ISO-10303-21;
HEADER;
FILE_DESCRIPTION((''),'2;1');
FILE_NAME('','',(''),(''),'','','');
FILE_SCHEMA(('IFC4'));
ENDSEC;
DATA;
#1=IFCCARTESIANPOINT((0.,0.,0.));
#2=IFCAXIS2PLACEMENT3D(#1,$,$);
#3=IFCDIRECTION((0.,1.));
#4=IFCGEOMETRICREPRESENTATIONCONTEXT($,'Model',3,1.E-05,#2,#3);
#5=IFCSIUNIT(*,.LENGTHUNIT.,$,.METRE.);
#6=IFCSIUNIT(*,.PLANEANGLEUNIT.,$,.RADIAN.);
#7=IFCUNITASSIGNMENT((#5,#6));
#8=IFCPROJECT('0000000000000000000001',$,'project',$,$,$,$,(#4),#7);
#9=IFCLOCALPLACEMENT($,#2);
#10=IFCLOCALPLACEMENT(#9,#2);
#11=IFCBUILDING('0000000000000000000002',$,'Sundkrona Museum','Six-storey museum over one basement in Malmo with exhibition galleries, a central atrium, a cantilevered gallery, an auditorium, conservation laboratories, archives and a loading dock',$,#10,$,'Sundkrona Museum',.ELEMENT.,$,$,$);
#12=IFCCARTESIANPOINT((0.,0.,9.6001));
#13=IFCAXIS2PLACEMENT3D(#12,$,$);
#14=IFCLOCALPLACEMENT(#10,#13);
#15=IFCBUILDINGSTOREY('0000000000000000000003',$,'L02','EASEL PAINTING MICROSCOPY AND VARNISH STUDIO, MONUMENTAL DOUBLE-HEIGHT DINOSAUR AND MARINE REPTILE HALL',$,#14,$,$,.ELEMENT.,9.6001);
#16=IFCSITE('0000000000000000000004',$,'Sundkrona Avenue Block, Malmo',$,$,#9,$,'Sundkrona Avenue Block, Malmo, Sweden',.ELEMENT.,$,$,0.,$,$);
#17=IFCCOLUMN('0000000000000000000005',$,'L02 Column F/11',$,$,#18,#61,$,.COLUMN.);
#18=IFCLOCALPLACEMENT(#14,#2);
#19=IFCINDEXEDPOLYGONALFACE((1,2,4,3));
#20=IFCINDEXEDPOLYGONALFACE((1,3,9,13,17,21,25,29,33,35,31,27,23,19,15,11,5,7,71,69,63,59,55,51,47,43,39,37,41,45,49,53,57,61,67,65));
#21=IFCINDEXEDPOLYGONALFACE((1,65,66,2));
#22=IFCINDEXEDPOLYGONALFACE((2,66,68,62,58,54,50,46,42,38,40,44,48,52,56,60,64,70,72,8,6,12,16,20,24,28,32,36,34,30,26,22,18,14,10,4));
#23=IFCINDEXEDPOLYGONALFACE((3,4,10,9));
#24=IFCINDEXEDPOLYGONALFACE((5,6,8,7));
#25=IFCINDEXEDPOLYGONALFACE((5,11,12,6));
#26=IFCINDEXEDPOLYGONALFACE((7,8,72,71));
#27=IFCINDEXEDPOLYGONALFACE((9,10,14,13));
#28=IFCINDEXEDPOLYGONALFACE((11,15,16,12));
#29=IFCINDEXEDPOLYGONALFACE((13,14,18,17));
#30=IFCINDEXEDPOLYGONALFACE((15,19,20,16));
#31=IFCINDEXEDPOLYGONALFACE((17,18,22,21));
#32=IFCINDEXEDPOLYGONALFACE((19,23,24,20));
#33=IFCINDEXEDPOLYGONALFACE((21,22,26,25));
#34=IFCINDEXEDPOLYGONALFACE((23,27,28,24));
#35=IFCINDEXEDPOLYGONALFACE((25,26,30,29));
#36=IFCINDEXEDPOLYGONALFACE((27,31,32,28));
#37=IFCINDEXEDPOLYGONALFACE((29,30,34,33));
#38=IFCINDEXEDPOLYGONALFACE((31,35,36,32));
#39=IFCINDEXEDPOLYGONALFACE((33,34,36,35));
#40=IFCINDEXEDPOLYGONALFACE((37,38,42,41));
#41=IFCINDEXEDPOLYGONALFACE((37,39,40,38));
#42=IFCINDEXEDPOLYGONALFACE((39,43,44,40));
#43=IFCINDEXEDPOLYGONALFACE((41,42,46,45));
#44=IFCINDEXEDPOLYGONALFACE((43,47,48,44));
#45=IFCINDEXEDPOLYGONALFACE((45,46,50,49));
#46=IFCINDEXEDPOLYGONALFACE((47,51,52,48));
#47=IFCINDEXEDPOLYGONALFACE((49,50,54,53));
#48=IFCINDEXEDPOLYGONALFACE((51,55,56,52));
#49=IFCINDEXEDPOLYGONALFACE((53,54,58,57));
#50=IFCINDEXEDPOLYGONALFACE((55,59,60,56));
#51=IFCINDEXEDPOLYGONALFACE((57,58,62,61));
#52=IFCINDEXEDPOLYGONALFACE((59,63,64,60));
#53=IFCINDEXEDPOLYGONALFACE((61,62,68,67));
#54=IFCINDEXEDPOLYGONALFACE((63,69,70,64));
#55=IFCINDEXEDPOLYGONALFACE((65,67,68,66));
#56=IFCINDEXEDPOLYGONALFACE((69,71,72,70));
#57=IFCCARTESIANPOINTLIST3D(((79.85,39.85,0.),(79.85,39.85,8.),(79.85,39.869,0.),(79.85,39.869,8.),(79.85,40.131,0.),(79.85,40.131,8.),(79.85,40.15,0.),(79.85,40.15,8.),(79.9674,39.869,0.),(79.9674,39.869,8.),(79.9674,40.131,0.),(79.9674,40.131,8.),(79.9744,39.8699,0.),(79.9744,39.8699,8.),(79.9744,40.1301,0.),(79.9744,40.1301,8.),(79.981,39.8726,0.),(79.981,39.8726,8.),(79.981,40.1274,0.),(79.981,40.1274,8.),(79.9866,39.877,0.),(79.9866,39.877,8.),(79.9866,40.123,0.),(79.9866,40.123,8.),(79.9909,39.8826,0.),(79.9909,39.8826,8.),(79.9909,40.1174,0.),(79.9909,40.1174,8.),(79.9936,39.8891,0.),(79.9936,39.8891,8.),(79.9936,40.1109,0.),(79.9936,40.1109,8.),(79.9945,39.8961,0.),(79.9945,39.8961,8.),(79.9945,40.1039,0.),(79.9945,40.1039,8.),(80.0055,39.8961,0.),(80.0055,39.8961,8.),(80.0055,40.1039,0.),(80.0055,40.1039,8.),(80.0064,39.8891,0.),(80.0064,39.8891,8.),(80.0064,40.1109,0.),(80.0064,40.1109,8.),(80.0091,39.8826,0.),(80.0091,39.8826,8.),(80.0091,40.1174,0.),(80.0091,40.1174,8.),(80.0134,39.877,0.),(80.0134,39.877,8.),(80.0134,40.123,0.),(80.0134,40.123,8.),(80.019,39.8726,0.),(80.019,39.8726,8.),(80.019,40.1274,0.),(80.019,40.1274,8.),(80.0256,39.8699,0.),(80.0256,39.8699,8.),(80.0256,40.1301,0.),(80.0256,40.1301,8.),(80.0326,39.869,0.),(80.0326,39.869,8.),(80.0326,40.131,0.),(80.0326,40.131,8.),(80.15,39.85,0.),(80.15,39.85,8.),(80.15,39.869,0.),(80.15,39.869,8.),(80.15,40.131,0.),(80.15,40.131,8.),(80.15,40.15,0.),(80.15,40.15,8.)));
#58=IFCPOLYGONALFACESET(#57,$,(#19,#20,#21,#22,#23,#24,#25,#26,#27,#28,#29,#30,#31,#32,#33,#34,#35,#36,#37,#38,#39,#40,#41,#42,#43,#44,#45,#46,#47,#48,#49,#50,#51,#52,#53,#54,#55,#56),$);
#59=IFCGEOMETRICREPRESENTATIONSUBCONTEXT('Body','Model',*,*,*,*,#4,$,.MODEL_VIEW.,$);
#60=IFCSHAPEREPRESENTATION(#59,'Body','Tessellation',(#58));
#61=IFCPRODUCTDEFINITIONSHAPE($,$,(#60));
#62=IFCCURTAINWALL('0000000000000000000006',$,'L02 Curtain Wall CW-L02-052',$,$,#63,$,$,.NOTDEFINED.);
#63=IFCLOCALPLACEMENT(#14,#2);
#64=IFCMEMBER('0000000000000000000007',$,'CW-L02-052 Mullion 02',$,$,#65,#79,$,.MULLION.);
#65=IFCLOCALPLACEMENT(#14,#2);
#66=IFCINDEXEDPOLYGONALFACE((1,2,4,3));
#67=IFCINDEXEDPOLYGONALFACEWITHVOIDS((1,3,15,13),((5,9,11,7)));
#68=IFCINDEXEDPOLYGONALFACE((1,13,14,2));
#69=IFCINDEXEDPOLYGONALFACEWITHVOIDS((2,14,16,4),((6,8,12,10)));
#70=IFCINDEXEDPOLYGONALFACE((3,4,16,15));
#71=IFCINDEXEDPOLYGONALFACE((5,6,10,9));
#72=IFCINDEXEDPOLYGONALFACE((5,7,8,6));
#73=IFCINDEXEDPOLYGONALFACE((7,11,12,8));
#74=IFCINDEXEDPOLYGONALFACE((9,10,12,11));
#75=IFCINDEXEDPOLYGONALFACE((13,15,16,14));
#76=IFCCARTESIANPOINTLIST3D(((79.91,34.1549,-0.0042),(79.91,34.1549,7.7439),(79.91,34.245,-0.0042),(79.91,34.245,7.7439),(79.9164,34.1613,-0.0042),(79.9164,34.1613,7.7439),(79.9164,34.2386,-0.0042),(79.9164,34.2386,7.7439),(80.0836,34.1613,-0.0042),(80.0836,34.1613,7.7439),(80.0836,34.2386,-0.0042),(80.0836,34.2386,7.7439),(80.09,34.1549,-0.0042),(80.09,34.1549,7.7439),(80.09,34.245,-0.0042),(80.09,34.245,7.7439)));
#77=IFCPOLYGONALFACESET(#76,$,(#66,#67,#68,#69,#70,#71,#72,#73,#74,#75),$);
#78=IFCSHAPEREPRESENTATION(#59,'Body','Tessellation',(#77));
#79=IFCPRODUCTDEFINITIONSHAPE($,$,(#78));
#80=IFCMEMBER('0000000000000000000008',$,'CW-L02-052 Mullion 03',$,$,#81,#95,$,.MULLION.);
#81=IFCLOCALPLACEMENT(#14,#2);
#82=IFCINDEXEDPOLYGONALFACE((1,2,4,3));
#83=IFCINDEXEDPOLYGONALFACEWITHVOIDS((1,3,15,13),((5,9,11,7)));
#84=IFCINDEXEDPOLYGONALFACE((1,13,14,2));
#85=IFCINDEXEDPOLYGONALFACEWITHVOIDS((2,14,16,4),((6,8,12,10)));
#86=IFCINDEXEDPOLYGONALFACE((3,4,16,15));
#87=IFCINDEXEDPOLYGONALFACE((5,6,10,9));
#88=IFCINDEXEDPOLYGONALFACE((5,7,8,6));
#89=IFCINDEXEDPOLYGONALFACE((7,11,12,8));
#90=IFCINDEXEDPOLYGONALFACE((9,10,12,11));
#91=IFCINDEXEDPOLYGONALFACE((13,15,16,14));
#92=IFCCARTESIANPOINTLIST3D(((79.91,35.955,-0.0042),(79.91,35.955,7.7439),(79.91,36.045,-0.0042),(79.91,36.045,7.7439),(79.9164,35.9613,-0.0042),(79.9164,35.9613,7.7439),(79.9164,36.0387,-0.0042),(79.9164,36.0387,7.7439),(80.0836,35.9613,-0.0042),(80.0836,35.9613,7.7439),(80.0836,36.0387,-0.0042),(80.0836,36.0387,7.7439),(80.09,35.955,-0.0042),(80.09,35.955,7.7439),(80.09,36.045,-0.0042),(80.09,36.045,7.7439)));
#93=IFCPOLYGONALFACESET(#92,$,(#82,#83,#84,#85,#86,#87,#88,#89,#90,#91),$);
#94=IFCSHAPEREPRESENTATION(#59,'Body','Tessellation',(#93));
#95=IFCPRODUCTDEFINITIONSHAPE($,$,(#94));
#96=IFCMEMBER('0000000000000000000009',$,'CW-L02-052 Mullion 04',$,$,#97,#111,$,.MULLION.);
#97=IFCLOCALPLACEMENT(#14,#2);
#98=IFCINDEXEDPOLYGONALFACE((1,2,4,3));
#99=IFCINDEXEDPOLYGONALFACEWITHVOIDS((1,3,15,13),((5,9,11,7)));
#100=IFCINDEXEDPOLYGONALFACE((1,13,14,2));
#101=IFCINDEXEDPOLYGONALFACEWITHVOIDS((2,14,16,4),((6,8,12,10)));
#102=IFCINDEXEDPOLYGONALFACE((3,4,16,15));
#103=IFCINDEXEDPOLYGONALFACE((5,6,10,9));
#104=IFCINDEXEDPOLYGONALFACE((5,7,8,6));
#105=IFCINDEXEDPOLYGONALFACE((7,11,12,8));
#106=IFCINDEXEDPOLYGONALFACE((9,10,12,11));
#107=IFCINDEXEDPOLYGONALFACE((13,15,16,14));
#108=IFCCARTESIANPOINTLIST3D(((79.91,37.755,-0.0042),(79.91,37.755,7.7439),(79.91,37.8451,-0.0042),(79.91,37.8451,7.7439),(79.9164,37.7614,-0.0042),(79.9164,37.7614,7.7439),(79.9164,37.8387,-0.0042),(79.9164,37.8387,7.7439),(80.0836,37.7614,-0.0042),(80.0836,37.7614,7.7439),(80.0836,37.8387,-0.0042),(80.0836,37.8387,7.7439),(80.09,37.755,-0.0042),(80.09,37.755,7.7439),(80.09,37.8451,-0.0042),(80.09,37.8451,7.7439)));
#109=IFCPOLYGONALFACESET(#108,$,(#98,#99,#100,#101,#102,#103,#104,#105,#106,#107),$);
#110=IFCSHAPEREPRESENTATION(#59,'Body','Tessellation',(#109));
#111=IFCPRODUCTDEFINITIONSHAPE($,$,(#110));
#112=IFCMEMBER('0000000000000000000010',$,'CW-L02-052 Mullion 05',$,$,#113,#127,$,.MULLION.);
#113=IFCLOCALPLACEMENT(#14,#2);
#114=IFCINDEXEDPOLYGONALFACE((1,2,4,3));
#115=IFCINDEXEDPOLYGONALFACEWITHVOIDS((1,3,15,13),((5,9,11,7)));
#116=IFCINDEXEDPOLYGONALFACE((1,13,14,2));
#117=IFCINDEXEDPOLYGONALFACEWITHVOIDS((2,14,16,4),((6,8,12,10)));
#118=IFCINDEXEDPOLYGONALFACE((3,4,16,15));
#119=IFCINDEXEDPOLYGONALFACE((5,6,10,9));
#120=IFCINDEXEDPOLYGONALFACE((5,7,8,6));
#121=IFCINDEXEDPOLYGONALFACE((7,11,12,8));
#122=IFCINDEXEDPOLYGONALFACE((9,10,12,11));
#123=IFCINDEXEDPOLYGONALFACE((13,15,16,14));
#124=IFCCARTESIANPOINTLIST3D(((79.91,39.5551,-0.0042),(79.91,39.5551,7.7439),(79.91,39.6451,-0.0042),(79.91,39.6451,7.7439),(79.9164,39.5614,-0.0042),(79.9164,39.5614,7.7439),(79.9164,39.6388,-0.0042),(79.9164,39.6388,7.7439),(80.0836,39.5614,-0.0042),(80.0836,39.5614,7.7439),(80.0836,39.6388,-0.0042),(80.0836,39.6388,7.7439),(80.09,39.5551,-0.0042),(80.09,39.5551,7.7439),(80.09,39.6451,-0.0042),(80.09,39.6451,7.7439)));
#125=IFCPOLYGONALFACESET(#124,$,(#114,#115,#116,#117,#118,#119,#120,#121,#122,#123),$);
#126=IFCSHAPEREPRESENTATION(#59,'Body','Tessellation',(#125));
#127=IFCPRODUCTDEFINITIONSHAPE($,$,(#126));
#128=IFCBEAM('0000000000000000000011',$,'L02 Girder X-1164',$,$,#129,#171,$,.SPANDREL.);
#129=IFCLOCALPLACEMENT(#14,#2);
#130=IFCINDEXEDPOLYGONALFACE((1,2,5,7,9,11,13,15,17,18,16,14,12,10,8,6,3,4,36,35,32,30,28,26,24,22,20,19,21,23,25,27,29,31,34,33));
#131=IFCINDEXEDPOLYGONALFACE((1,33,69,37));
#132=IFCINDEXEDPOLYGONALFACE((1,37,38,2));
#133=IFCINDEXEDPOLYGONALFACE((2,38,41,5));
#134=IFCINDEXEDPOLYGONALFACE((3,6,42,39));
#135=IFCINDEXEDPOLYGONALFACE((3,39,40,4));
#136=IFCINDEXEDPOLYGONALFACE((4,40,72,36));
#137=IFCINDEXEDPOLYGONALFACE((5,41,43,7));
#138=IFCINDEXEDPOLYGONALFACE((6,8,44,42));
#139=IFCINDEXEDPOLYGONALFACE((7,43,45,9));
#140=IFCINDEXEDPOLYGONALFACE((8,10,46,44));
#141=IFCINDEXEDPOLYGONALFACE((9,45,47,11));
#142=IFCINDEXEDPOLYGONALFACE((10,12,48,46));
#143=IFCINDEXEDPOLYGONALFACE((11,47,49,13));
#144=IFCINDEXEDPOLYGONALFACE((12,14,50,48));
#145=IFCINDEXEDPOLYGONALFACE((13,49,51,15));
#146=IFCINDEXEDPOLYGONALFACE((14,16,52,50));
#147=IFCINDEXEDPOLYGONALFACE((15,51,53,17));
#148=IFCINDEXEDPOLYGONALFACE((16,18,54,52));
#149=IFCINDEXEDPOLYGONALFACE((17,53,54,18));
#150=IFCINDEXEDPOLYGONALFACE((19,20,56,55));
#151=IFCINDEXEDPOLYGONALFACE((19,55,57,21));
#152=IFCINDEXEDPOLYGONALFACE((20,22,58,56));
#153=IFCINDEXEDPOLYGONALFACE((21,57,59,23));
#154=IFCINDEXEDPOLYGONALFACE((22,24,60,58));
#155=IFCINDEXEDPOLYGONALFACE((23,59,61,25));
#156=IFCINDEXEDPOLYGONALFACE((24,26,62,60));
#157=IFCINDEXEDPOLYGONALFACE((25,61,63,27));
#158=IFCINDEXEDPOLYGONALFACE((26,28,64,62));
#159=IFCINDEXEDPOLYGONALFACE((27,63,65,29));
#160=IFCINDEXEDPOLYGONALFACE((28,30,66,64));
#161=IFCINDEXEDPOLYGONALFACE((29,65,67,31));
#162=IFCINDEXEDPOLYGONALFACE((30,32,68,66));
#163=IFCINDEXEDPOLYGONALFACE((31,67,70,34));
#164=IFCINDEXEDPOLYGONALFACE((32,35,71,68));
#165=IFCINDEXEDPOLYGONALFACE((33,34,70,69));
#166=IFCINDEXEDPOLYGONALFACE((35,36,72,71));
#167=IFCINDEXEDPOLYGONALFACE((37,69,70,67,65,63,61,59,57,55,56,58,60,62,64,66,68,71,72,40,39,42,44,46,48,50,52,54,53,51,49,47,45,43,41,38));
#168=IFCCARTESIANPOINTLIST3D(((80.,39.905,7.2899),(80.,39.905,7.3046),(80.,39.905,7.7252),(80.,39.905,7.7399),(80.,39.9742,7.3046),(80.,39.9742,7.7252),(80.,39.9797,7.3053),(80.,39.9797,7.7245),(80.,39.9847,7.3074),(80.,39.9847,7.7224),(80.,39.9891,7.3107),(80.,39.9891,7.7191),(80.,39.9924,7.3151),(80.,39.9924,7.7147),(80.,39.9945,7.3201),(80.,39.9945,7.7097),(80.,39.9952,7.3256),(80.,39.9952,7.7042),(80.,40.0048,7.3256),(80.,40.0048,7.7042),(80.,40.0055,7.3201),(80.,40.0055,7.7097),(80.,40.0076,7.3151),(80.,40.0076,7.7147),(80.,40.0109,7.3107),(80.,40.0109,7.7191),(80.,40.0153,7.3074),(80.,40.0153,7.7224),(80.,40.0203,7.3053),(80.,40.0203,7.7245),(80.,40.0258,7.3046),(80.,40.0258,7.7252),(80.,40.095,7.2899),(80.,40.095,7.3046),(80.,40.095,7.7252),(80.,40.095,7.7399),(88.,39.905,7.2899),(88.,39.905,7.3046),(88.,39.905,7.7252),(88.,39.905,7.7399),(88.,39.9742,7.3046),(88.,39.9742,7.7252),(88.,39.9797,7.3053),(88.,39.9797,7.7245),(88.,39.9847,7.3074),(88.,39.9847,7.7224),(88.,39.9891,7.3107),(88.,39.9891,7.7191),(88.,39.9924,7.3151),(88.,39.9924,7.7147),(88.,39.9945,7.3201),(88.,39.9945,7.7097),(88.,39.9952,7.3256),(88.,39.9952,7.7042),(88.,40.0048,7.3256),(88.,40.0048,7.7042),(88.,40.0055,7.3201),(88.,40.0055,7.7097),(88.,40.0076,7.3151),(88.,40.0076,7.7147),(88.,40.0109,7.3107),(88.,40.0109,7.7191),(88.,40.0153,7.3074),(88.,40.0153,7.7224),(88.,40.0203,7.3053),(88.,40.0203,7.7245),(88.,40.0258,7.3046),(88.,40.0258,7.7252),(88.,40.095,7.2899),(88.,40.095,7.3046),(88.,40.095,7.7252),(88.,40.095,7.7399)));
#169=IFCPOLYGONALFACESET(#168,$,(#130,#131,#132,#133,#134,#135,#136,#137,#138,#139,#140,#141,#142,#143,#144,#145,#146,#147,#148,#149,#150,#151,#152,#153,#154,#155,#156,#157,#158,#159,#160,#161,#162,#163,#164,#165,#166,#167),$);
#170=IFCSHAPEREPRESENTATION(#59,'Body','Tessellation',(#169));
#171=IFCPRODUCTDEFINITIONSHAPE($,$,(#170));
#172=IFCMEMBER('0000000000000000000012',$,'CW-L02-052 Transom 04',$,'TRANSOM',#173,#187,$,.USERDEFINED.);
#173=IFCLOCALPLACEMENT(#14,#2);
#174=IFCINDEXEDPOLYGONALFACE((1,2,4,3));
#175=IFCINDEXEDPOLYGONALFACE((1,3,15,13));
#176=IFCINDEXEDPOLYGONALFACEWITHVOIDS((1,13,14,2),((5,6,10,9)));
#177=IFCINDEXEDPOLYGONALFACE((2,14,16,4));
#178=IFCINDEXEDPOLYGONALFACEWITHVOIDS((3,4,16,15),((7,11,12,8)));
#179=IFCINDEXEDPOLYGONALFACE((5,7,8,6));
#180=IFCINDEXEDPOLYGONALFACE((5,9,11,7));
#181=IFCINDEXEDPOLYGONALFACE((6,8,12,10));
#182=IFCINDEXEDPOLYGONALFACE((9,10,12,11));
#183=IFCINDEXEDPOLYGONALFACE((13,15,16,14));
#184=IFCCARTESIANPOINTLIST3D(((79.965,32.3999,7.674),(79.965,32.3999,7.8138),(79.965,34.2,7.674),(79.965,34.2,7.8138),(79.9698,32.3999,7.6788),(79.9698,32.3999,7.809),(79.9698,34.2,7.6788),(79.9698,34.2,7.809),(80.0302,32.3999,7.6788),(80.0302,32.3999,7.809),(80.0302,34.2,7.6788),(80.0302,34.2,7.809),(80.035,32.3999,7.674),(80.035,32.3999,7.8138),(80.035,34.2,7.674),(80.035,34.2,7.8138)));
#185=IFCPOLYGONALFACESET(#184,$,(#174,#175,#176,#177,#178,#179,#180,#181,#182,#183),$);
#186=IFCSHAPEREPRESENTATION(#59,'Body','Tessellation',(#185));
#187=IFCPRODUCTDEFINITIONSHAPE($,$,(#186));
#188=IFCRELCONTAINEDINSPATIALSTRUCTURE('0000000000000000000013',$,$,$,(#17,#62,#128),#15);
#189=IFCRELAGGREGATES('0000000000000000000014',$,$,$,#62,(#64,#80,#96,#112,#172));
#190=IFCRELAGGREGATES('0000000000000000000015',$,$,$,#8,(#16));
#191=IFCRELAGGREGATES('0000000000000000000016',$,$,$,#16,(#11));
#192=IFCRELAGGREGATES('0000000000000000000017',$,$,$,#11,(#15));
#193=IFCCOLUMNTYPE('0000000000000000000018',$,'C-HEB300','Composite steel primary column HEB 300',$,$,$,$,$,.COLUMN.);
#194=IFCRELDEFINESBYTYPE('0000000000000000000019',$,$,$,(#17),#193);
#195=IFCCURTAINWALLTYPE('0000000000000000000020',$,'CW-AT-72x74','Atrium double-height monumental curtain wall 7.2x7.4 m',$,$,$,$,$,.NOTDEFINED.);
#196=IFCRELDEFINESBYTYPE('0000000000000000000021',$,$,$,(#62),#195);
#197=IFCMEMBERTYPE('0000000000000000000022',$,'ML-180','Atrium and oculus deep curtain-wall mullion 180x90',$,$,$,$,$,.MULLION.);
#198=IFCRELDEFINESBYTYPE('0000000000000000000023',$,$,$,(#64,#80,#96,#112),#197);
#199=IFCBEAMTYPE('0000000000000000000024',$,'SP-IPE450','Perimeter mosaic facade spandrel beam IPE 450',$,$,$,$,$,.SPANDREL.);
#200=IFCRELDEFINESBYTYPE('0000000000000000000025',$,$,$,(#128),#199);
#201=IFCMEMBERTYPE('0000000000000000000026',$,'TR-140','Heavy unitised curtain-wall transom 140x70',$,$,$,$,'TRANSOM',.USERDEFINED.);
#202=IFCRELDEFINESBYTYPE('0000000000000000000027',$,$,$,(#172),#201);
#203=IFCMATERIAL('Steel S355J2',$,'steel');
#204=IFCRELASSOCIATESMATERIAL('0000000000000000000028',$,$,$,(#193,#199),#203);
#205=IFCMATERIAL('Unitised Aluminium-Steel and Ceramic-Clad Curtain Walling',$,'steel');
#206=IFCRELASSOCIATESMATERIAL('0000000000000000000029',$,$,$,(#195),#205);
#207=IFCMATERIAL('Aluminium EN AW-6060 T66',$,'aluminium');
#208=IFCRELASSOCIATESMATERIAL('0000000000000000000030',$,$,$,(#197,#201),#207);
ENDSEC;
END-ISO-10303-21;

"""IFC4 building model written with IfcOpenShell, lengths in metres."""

from ifc_helpers import new_model, si_unit, direction, frame, origin, origin_2d, place, context, subcontext, project, spatial, hollow_rectangle, i_section, extrude, material, material_profile, profile_set, type_object, element, aggregate, save


model = new_model("IFC4")

# Units and contexts
model_context = context("Model", 3, precision=1e-05, world=origin(), true_north=direction((0.0, 1.0)))
body_context = subcontext(model_context, "Body", "Model", "MODEL_VIEW")
ifc_project = project(units=[si_unit("LENGTHUNIT", "METRE"), si_unit("PLANEANGLEUNIT", "RADIAN")], contexts=[model_context])

# Site, building, storey
site_placement = place(None, origin())
site = spatial("IfcSite", under=ifc_project, at=site_placement, Name="Sundkrona Avenue Block, Malmo", LongName="Sundkrona Avenue Block, Malmo, Sweden", CompositionType="ELEMENT", RefElevation=0.0)
building_placement = place(site_placement, origin())
building = spatial("IfcBuilding", under=site, at=building_placement, Name="Sundkrona Museum", Description="Six-storey museum over one basement in Malmo with exhibition galleries, a central atrium, a cantilevered gallery, an auditorium, conservation laboratories, archives and a loading dock", LongName="Sundkrona Museum", CompositionType="ELEMENT")
storey_placement = place(building_placement, frame((0.0, 0.0, 9.6001)))
storey = spatial("IfcBuildingStorey", under=building, at=storey_placement, Name="L02", Description="EASEL PAINTING MICROSCOPY AND VARNISH STUDIO, MONUMENTAL DOUBLE-HEIGHT DINOSAUR AND MARINE REPTILE HALL", CompositionType="ELEMENT", Elevation=9.6001)

# Column
ifc_material_1 = material(Name="Steel S355J2", Category="steel")
ifc_material_profile_1 = material_profile(ifc_material_1, i_section(OverallWidth=0.3, OverallDepth=0.3, WebThickness=0.011, FlangeThickness=0.019, FilletRadius=0.0271, at=origin_2d()), Name="HEB 300")
ifc_profile_set_1 = profile_set([ifc_material_profile_1], Name="Steel S355J2")
column_type = type_object("IfcColumnType", Name="C-HEB300", Description="Composite steel primary column HEB 300", PredefinedType="COLUMN", material=ifc_profile_set_1)
column_placement = place(storey_placement, frame((80.0, 40.0, 0.0), z_axis=(0.0, 0.0, 1.0), x_axis=(1.0, 0.0, 0.0)))
element("IfcColumn", 1, at=column_placement, inside=storey, type_object=column_type, Name="L02 Column F/11", PredefinedType="COLUMN", context=body_context, shape_type="SweptSolid", body=[
    extrude(i_section(OverallWidth=0.3, OverallDepth=0.3, WebThickness=0.011, FlangeThickness=0.019, FilletRadius=0.0271, at=origin_2d()), origin(), (0.0, 0.0, 1.0), 8.0),
])

# Curtain wall, members
ifc_material_2 = material(Name="Unitised Aluminium-Steel and Ceramic-Clad Curtain Walling", Category="steel")
curtain_wall_type = type_object("IfcCurtainWallType", Name="CW-AT-72x74", Description="Atrium double-height monumental curtain wall 7.2x7.4 m", PredefinedType="NOTDEFINED", material=ifc_material_2)
curtain_wall_placement = place(storey_placement, origin())
curtain_wall = element("IfcCurtainWall", 2, at=curtain_wall_placement, inside=storey, type_object=curtain_wall_type, Name="L02 Curtain Wall CW-L02-052", PredefinedType="NOTDEFINED")
ifc_material_3 = material(Name="Aluminium EN AW-6060 T66", Category="aluminium")
ifc_material_profile_2 = material_profile(ifc_material_3, hollow_rectangle(XDim=0.0901, YDim=0.1799, WallThickness=0.0063, at=origin_2d()), Name="RHS 180x90x6.3")
ifc_profile_set_2 = profile_set([ifc_material_profile_2], Name="Aluminium EN AW-6060 T66")
member_type_1 = type_object("IfcMemberType", Name="ML-180", Description="Atrium and oculus deep curtain-wall mullion 180x90", PredefinedType="MULLION", material=ifc_profile_set_2)
member_1_placement = place(storey_placement, frame((80.0, 34.2, -0.0042), z_axis=(0.0, 0.0, 1.0), x_axis=(0.0, 1.0, 0.0)))
member_1 = element("IfcMember", 3, at=member_1_placement, type_object=member_type_1, Name="CW-L02-052 Mullion 02", PredefinedType="MULLION", context=body_context, shape_type="SweptSolid", body=[
    extrude(hollow_rectangle(XDim=0.0901, YDim=0.1799, WallThickness=0.0063, at=origin_2d()), origin(), (0.0, 0.0, 1.0), 7.748),
])
member_2_placement = place(storey_placement, frame((80.0, 36.0, -0.0042), z_axis=(0.0, 0.0, 1.0), x_axis=(0.0, 1.0, 0.0)))
member_2 = element("IfcMember", 4, at=member_2_placement, type_object=member_type_1, Name="CW-L02-052 Mullion 03", PredefinedType="MULLION", context=body_context, shape_type="SweptSolid", body=[
    extrude(hollow_rectangle(XDim=0.0901, YDim=0.1799, WallThickness=0.0063, at=origin_2d()), origin(), (0.0, 0.0, 1.0), 7.748),
])
member_3_placement = place(storey_placement, frame((80.0, 37.8, -0.0042), z_axis=(0.0, 0.0, 1.0), x_axis=(0.0, 1.0, 0.0)))
member_3 = element("IfcMember", 5, at=member_3_placement, type_object=member_type_1, Name="CW-L02-052 Mullion 04", PredefinedType="MULLION", context=body_context, shape_type="SweptSolid", body=[
    extrude(hollow_rectangle(XDim=0.0901, YDim=0.1799, WallThickness=0.0063, at=origin_2d()), origin(), (0.0, 0.0, 1.0), 7.748),
])
member_4_placement = place(storey_placement, frame((80.0, 39.6001, -0.0042), z_axis=(0.0, 0.0, 1.0), x_axis=(0.0, 1.0, 0.0)))
member_4 = element("IfcMember", 6, at=member_4_placement, type_object=member_type_1, Name="CW-L02-052 Mullion 05", PredefinedType="MULLION", context=body_context, shape_type="SweptSolid", body=[
    extrude(hollow_rectangle(XDim=0.0901, YDim=0.1799, WallThickness=0.0063, at=origin_2d()), origin(), (0.0, 0.0, 1.0), 7.748),
])

# Beam
ifc_material_profile_3 = material_profile(ifc_material_1, i_section(OverallWidth=0.1899, OverallDepth=0.45, WebThickness=0.0095, FlangeThickness=0.0146, FilletRadius=0.021, at=origin_2d()), Name="IPE 450")
ifc_profile_set_3 = profile_set([ifc_material_profile_3], Name="Steel S355J2")
beam_type = type_object("IfcBeamType", Name="SP-IPE450", Description="Perimeter mosaic facade spandrel beam IPE 450", PredefinedType="SPANDREL", material=ifc_profile_set_3)
beam_placement = place(storey_placement, frame((80.0, 40.0, 7.5149), z_axis=(1.0, 0.0, 0.0), x_axis=(0.0, 1.0, 0.0)))
element("IfcBeam", 7, at=beam_placement, inside=storey, type_object=beam_type, Name="L02 Girder X-1164", PredefinedType="SPANDREL", context=body_context, shape_type="SweptSolid", body=[
    extrude(i_section(OverallWidth=0.1899, OverallDepth=0.45, WebThickness=0.0095, FlangeThickness=0.0146, FilletRadius=0.021, at=origin_2d()), origin(), (0.0, 0.0, 1.0), 8.0),
])

# Member
ifc_material_profile_4 = material_profile(ifc_material_3, hollow_rectangle(XDim=0.0701, YDim=0.1399, WallThickness=0.0049, at=origin_2d()), Name="RHS 140x70x5.0")
ifc_profile_set_4 = profile_set([ifc_material_profile_4], Name="Aluminium EN AW-6060 T66")
member_type_2 = type_object("IfcMemberType", Name="TR-140", Description="Heavy unitised curtain-wall transom 140x70", ElementType="TRANSOM", PredefinedType="USERDEFINED", material=ifc_profile_set_4)
member_5_placement = place(storey_placement, frame((80.0, 32.3999, 7.7439), z_axis=(0.0, 1.0, 0.0), x_axis=(-1.0, 0.0, 0.0)))
member_5 = element("IfcMember", 8, at=member_5_placement, type_object=member_type_2, Name="CW-L02-052 Transom 04", ObjectType="TRANSOM", PredefinedType="USERDEFINED", context=body_context, shape_type="SweptSolid", body=[
    extrude(hollow_rectangle(XDim=0.0701, YDim=0.1399, WallThickness=0.0049, at=origin_2d()), origin(), (0.0, 0.0, 1.0), 1.8),
])

aggregate(curtain_wall, [member_1, member_2, member_3, member_4, member_5])

save(model, "model.ifc")
